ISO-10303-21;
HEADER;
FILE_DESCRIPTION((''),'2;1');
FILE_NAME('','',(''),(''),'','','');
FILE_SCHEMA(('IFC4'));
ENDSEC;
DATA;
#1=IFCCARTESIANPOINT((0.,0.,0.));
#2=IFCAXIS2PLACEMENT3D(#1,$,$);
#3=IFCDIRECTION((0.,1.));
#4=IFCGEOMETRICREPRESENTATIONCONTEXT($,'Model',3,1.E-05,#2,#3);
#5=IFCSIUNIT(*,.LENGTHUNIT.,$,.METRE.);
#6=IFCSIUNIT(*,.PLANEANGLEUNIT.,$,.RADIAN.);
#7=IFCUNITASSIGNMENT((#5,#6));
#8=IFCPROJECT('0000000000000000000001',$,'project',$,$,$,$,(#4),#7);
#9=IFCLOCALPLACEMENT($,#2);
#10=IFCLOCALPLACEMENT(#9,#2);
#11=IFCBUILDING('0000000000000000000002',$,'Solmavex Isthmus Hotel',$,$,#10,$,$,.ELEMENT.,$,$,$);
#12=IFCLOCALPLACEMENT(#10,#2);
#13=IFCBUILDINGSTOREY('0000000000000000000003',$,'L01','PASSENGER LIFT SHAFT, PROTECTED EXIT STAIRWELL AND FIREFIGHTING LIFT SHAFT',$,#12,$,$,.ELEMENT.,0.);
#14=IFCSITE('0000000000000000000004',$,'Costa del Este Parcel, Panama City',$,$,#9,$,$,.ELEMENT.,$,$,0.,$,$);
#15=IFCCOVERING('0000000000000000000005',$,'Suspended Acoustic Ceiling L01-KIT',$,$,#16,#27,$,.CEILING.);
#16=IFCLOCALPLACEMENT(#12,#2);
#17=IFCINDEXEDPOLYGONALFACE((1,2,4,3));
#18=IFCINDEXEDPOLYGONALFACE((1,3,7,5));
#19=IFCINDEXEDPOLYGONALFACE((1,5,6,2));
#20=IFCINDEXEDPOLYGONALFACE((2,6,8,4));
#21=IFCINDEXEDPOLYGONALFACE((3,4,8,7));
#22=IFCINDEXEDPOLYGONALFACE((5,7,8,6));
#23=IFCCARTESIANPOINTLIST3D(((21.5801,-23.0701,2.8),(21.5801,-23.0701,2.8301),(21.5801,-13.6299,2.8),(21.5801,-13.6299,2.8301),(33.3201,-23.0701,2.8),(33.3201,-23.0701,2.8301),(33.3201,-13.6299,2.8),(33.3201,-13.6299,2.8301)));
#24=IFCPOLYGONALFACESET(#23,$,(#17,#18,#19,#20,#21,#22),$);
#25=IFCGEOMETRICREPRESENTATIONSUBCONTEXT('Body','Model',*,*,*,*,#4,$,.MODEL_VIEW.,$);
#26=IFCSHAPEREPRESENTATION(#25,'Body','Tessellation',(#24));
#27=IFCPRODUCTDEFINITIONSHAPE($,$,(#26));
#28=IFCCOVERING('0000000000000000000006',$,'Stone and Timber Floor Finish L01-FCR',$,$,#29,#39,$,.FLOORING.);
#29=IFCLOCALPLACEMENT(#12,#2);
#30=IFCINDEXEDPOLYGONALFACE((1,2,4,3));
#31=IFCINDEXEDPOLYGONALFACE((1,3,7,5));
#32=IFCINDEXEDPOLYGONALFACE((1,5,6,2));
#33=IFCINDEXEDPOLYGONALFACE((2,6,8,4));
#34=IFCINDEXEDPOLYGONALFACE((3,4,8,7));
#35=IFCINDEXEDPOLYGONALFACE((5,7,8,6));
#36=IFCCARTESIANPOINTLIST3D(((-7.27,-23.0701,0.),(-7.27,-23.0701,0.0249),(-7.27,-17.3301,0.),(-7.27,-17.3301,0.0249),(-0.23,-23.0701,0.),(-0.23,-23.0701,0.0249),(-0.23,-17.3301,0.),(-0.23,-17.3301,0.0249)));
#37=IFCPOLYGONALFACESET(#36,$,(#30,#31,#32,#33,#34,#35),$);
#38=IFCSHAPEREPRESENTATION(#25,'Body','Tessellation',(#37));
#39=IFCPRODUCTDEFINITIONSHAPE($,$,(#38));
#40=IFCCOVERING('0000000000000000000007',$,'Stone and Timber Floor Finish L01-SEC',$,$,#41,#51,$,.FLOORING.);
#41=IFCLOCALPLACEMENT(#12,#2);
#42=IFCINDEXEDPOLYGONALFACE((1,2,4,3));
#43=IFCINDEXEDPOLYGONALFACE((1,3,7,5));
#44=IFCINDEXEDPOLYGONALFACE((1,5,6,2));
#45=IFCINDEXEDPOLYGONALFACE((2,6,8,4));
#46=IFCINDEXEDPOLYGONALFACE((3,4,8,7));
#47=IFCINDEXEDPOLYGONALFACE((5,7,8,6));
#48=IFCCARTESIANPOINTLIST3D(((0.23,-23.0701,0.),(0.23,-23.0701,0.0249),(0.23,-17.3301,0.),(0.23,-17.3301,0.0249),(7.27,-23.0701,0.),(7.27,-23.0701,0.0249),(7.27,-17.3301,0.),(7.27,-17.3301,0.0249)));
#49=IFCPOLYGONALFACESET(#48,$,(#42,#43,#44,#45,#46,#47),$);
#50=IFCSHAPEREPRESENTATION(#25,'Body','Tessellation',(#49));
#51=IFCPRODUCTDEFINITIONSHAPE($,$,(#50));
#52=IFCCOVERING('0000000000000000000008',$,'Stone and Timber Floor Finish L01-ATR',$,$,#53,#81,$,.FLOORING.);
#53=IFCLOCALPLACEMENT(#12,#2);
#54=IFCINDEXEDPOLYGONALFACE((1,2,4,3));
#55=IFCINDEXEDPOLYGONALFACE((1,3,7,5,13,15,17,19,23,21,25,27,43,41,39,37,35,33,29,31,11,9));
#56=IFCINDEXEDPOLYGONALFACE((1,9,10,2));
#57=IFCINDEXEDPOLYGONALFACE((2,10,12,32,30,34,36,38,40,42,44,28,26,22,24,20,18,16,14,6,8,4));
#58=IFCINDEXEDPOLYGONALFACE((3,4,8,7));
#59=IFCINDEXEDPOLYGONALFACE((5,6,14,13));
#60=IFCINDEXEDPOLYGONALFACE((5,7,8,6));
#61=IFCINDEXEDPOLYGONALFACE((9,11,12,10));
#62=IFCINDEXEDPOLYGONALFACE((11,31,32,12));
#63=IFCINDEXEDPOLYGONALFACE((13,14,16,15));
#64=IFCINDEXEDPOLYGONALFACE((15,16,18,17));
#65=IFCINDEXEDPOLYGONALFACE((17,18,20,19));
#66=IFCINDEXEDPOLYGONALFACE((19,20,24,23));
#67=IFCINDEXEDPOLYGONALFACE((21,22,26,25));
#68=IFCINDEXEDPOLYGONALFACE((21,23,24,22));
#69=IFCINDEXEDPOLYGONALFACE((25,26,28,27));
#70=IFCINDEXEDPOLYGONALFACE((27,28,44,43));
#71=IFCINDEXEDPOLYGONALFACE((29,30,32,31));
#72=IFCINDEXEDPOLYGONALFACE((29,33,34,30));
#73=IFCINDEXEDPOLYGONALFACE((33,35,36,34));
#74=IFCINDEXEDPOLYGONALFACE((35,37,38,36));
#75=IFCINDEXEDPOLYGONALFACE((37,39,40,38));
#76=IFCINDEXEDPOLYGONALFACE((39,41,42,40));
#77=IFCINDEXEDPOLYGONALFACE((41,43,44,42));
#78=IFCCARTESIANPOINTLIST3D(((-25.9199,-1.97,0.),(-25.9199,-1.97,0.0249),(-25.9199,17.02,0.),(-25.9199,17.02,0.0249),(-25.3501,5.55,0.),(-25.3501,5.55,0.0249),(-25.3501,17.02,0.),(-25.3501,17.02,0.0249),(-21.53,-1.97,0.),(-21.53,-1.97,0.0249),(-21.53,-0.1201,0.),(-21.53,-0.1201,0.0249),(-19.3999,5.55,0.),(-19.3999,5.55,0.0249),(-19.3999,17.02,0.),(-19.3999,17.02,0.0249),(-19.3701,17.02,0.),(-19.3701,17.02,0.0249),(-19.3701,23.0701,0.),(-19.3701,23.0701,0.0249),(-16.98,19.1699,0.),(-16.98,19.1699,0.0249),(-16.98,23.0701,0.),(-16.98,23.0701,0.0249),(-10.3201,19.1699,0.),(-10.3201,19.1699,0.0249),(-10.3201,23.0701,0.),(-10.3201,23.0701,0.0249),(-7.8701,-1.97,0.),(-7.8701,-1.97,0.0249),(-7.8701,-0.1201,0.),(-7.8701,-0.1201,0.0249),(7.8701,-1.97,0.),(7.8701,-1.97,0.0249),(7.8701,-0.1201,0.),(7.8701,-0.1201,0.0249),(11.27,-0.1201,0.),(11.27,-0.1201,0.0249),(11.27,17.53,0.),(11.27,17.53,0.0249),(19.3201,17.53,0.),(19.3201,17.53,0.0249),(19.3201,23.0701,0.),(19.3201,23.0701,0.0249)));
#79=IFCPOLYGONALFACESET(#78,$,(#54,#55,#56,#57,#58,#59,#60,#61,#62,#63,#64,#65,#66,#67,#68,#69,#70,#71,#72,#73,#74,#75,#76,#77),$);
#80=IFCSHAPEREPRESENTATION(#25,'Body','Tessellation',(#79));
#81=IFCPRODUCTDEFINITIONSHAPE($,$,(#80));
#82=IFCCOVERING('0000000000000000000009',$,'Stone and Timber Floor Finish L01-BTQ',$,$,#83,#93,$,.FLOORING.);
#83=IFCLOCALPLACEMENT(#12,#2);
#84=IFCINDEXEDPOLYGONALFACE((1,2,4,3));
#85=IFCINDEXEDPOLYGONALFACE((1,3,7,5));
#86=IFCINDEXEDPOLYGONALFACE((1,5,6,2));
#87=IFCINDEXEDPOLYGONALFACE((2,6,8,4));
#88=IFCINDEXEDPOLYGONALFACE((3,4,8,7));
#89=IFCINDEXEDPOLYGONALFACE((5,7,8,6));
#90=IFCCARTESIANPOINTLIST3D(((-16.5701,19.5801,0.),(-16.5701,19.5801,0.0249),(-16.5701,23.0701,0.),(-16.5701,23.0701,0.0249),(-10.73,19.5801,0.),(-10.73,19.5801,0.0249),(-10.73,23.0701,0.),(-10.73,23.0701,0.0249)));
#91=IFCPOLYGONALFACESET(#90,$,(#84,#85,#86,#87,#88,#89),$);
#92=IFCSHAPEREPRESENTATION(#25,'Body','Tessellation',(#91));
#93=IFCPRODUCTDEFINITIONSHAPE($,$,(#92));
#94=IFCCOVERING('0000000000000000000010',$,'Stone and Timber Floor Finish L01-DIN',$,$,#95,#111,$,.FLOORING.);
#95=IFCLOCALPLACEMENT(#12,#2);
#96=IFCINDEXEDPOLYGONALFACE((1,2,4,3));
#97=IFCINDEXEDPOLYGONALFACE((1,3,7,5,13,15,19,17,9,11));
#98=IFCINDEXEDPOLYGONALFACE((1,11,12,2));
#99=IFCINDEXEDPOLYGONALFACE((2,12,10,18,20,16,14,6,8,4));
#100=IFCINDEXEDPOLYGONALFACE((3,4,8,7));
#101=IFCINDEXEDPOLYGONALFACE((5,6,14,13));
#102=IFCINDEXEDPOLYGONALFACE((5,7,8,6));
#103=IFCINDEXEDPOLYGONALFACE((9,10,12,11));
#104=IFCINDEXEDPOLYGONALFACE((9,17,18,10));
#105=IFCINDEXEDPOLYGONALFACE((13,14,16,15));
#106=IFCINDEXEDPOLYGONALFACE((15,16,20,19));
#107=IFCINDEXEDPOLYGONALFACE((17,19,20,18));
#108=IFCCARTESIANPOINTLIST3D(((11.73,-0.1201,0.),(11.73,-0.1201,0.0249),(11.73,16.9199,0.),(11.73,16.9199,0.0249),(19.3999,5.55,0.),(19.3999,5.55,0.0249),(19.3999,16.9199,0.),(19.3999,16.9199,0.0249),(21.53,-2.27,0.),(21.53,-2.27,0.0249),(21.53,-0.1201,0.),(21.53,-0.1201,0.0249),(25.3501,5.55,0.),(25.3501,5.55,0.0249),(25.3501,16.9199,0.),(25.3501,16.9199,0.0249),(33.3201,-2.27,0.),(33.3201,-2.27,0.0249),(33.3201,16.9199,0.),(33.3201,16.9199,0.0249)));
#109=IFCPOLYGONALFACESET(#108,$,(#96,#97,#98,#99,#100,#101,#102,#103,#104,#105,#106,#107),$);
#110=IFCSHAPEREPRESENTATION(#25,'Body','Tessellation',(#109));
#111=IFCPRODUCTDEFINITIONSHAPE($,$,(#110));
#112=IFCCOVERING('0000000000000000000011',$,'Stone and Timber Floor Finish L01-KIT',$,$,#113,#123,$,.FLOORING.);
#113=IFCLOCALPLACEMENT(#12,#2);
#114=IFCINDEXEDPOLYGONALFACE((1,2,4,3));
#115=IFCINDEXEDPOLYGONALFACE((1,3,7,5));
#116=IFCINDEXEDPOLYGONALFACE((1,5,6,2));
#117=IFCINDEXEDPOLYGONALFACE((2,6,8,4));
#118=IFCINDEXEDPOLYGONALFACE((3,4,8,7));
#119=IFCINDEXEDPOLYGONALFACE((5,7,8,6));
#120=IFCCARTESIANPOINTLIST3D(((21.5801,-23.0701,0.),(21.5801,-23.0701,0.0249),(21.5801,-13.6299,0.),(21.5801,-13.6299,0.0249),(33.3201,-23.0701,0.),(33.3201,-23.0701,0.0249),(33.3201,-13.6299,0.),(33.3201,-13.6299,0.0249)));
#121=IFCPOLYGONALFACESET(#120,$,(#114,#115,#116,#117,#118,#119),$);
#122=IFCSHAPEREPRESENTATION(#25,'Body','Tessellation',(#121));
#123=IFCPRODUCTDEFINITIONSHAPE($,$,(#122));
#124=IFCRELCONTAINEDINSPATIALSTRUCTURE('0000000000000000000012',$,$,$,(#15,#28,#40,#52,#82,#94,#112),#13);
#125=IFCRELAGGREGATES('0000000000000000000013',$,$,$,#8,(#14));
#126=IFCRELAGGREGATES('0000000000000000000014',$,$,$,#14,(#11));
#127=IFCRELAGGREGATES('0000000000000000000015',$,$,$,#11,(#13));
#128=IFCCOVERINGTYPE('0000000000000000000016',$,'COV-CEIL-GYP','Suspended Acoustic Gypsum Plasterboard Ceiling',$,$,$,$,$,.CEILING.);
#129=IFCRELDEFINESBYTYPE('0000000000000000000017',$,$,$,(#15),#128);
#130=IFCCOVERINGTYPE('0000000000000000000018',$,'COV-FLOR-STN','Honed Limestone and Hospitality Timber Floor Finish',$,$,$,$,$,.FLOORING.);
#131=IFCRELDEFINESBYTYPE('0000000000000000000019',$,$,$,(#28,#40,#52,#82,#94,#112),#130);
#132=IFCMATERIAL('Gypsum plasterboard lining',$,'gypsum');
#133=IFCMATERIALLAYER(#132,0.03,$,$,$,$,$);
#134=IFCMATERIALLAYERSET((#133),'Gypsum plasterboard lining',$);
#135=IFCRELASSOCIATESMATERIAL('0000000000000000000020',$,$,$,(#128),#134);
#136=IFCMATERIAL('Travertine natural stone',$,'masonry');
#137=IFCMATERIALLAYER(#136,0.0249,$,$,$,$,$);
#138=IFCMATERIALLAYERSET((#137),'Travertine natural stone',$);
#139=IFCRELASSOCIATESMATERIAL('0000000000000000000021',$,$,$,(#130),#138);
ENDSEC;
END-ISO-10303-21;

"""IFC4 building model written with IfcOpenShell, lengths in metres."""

from ifc_helpers import new_model, si_unit, direction, frame, origin, place, context, subcontext, project, spatial, polyline, outline, extrude, material, layer, layer_set, type_object, element, save


model = new_model("IFC4")

# Units and contexts
model_context = context("Model", 3, precision=1e-05, world=origin(), true_north=direction((0.0, 1.0)))
body_context = subcontext(model_context, "Body", "Model", "MODEL_VIEW")
ifc_project = project(units=[si_unit("LENGTHUNIT", "METRE"), si_unit("PLANEANGLEUNIT", "RADIAN")], contexts=[model_context])

# Site, building, storey
site_placement = place(None, origin())
site = spatial("IfcSite", under=ifc_project, at=site_placement, Name="Costa del Este Parcel, Panama City", CompositionType="ELEMENT", RefElevation=0.0)
building_placement = place(site_placement, origin())
building = spatial("IfcBuilding", under=site, at=building_placement, Name="Solmavex Isthmus Hotel", CompositionType="ELEMENT")
storey_placement = place(building_placement, origin())
storey = spatial("IfcBuildingStorey", under=building, at=storey_placement, Name="L01", Description="PASSENGER LIFT SHAFT, PROTECTED EXIT STAIRWELL AND FIREFIGHTING LIFT SHAFT", CompositionType="ELEMENT", Elevation=0.0)

# Coverings
ifc_material_1 = material(Name="Gypsum plasterboard lining", Category="gypsum")
ifc_layer_1 = layer(ifc_material_1, 0.03)
ifc_layer_set_1 = layer_set([ifc_layer_1], Name="Gypsum plasterboard lining")
covering_type_1 = type_object("IfcCoveringType", Name="COV-CEIL-GYP", Description="Suspended Acoustic Gypsum Plasterboard Ceiling", PredefinedType="CEILING", material=ifc_layer_set_1)
covering_1_placement = place(storey_placement, frame((0.0, 0.0, 2.8)))
element("IfcCovering", 1, at=covering_1_placement, inside=storey, type_object=covering_type_1, Name="Suspended Acoustic Ceiling L01-KIT", PredefinedType="CEILING", context=body_context, shape_type="SweptSolid", body=[
    extrude(outline(polyline([(33.3201, -23.0701), (33.3201, -13.6299), (21.5801, -13.6299), (21.5801, -23.0701), (33.3201, -23.0701)])), origin(), (0.0, 0.0, 1.0), 0.03),
])
ifc_material_2 = material(Name="Travertine natural stone", Category="masonry")
ifc_layer_2 = layer(ifc_material_2, 0.0249)
ifc_layer_set_2 = layer_set([ifc_layer_2], Name="Travertine natural stone")
covering_type_2 = type_object("IfcCoveringType", Name="COV-FLOR-STN", Description="Honed Limestone and Hospitality Timber Floor Finish", PredefinedType="FLOORING", material=ifc_layer_set_2)
covering_2_placement = place(storey_placement, origin())
element("IfcCovering", 2, at=covering_2_placement, inside=storey, type_object=covering_type_2, Name="Stone and Timber Floor Finish L01-FCR", PredefinedType="FLOORING", context=body_context, shape_type="SweptSolid", body=[
    extrude(outline(polyline([(-0.23, -23.0701), (-0.23, -17.3301), (-7.27, -17.3301), (-7.27, -23.0701), (-0.23, -23.0701)])), origin(), (0.0, 0.0, 1.0), 0.0249),
])
covering_3_placement = place(storey_placement, origin())
element("IfcCovering", 3, at=covering_3_placement, inside=storey, type_object=covering_type_2, Name="Stone and Timber Floor Finish L01-SEC", PredefinedType="FLOORING", context=body_context, shape_type="SweptSolid", body=[
    extrude(outline(polyline([(7.27, -23.0701), (7.27, -17.3301), (0.23, -17.3301), (0.23, -23.0701), (7.27, -23.0701)])), origin(), (0.0, 0.0, 1.0), 0.0249),
])
covering_4_placement = place(storey_placement, origin())
element("IfcCovering", 4, at=covering_4_placement, inside=storey, type_object=covering_type_2, Name="Stone and Timber Floor Finish L01-ATR", PredefinedType="FLOORING", context=body_context, shape_type="SweptSolid", body=[
    extrude(outline(polyline([(-19.3999, 17.02), (-19.3999, 5.55), (-25.3501, 5.55), (-25.3501, 17.02), (-25.9199, 17.02), (-25.9199, -1.97), (-21.53, -1.97), (-21.53, -0.1201), (-7.8701, -0.1201), (-7.8701, -1.97), (7.8701, -1.97), (7.8701, -0.1201), (11.27, -0.1201), (11.27, 17.53), (19.3201, 17.53), (19.3201, 23.0701), (-10.3201, 23.0701), (-10.3201, 19.1699), (-16.98, 19.1699), (-16.98, 23.0701), (-19.3701, 23.0701), (-19.3701, 17.02), (-19.3999, 17.02)])), origin(), (0.0, 0.0, 1.0), 0.0249),
])
covering_5_placement = place(storey_placement, origin())
element("IfcCovering", 5, at=covering_5_placement, inside=storey, type_object=covering_type_2, Name="Stone and Timber Floor Finish L01-BTQ", PredefinedType="FLOORING", context=body_context, shape_type="SweptSolid", body=[
    extrude(outline(polyline([(-10.73, 19.5801), (-10.73, 23.0701), (-16.5701, 23.0701), (-16.5701, 19.5801), (-10.73, 19.5801)])), origin(), (0.0, 0.0, 1.0), 0.0249),
])
covering_6_placement = place(storey_placement, origin())
element("IfcCovering", 6, at=covering_6_placement, inside=storey, type_object=covering_type_2, Name="Stone and Timber Floor Finish L01-DIN", PredefinedType="FLOORING", context=body_context, shape_type="SweptSolid", body=[
    extrude(outline(polyline([(11.73, 16.9199), (11.73, -0.1201), (21.53, -0.1201), (21.53, -2.27), (33.3201, -2.27), (33.3201, 16.9199), (25.3501, 16.9199), (25.3501, 5.55), (19.3999, 5.55), (19.3999, 16.9199), (11.73, 16.9199)])), origin(), (0.0, 0.0, 1.0), 0.0249),
])
covering_7_placement = place(storey_placement, origin())
element("IfcCovering", 7, at=covering_7_placement, inside=storey, type_object=covering_type_2, Name="Stone and Timber Floor Finish L01-KIT", PredefinedType="FLOORING", context=body_context, shape_type="SweptSolid", body=[
    extrude(outline(polyline([(33.3201, -23.0701), (33.3201, -13.6299), (21.5801, -13.6299), (21.5801, -23.0701), (33.3201, -23.0701)])), origin(), (0.0, 0.0, 1.0), 0.0249),
])

save(model, "model.ifc")
